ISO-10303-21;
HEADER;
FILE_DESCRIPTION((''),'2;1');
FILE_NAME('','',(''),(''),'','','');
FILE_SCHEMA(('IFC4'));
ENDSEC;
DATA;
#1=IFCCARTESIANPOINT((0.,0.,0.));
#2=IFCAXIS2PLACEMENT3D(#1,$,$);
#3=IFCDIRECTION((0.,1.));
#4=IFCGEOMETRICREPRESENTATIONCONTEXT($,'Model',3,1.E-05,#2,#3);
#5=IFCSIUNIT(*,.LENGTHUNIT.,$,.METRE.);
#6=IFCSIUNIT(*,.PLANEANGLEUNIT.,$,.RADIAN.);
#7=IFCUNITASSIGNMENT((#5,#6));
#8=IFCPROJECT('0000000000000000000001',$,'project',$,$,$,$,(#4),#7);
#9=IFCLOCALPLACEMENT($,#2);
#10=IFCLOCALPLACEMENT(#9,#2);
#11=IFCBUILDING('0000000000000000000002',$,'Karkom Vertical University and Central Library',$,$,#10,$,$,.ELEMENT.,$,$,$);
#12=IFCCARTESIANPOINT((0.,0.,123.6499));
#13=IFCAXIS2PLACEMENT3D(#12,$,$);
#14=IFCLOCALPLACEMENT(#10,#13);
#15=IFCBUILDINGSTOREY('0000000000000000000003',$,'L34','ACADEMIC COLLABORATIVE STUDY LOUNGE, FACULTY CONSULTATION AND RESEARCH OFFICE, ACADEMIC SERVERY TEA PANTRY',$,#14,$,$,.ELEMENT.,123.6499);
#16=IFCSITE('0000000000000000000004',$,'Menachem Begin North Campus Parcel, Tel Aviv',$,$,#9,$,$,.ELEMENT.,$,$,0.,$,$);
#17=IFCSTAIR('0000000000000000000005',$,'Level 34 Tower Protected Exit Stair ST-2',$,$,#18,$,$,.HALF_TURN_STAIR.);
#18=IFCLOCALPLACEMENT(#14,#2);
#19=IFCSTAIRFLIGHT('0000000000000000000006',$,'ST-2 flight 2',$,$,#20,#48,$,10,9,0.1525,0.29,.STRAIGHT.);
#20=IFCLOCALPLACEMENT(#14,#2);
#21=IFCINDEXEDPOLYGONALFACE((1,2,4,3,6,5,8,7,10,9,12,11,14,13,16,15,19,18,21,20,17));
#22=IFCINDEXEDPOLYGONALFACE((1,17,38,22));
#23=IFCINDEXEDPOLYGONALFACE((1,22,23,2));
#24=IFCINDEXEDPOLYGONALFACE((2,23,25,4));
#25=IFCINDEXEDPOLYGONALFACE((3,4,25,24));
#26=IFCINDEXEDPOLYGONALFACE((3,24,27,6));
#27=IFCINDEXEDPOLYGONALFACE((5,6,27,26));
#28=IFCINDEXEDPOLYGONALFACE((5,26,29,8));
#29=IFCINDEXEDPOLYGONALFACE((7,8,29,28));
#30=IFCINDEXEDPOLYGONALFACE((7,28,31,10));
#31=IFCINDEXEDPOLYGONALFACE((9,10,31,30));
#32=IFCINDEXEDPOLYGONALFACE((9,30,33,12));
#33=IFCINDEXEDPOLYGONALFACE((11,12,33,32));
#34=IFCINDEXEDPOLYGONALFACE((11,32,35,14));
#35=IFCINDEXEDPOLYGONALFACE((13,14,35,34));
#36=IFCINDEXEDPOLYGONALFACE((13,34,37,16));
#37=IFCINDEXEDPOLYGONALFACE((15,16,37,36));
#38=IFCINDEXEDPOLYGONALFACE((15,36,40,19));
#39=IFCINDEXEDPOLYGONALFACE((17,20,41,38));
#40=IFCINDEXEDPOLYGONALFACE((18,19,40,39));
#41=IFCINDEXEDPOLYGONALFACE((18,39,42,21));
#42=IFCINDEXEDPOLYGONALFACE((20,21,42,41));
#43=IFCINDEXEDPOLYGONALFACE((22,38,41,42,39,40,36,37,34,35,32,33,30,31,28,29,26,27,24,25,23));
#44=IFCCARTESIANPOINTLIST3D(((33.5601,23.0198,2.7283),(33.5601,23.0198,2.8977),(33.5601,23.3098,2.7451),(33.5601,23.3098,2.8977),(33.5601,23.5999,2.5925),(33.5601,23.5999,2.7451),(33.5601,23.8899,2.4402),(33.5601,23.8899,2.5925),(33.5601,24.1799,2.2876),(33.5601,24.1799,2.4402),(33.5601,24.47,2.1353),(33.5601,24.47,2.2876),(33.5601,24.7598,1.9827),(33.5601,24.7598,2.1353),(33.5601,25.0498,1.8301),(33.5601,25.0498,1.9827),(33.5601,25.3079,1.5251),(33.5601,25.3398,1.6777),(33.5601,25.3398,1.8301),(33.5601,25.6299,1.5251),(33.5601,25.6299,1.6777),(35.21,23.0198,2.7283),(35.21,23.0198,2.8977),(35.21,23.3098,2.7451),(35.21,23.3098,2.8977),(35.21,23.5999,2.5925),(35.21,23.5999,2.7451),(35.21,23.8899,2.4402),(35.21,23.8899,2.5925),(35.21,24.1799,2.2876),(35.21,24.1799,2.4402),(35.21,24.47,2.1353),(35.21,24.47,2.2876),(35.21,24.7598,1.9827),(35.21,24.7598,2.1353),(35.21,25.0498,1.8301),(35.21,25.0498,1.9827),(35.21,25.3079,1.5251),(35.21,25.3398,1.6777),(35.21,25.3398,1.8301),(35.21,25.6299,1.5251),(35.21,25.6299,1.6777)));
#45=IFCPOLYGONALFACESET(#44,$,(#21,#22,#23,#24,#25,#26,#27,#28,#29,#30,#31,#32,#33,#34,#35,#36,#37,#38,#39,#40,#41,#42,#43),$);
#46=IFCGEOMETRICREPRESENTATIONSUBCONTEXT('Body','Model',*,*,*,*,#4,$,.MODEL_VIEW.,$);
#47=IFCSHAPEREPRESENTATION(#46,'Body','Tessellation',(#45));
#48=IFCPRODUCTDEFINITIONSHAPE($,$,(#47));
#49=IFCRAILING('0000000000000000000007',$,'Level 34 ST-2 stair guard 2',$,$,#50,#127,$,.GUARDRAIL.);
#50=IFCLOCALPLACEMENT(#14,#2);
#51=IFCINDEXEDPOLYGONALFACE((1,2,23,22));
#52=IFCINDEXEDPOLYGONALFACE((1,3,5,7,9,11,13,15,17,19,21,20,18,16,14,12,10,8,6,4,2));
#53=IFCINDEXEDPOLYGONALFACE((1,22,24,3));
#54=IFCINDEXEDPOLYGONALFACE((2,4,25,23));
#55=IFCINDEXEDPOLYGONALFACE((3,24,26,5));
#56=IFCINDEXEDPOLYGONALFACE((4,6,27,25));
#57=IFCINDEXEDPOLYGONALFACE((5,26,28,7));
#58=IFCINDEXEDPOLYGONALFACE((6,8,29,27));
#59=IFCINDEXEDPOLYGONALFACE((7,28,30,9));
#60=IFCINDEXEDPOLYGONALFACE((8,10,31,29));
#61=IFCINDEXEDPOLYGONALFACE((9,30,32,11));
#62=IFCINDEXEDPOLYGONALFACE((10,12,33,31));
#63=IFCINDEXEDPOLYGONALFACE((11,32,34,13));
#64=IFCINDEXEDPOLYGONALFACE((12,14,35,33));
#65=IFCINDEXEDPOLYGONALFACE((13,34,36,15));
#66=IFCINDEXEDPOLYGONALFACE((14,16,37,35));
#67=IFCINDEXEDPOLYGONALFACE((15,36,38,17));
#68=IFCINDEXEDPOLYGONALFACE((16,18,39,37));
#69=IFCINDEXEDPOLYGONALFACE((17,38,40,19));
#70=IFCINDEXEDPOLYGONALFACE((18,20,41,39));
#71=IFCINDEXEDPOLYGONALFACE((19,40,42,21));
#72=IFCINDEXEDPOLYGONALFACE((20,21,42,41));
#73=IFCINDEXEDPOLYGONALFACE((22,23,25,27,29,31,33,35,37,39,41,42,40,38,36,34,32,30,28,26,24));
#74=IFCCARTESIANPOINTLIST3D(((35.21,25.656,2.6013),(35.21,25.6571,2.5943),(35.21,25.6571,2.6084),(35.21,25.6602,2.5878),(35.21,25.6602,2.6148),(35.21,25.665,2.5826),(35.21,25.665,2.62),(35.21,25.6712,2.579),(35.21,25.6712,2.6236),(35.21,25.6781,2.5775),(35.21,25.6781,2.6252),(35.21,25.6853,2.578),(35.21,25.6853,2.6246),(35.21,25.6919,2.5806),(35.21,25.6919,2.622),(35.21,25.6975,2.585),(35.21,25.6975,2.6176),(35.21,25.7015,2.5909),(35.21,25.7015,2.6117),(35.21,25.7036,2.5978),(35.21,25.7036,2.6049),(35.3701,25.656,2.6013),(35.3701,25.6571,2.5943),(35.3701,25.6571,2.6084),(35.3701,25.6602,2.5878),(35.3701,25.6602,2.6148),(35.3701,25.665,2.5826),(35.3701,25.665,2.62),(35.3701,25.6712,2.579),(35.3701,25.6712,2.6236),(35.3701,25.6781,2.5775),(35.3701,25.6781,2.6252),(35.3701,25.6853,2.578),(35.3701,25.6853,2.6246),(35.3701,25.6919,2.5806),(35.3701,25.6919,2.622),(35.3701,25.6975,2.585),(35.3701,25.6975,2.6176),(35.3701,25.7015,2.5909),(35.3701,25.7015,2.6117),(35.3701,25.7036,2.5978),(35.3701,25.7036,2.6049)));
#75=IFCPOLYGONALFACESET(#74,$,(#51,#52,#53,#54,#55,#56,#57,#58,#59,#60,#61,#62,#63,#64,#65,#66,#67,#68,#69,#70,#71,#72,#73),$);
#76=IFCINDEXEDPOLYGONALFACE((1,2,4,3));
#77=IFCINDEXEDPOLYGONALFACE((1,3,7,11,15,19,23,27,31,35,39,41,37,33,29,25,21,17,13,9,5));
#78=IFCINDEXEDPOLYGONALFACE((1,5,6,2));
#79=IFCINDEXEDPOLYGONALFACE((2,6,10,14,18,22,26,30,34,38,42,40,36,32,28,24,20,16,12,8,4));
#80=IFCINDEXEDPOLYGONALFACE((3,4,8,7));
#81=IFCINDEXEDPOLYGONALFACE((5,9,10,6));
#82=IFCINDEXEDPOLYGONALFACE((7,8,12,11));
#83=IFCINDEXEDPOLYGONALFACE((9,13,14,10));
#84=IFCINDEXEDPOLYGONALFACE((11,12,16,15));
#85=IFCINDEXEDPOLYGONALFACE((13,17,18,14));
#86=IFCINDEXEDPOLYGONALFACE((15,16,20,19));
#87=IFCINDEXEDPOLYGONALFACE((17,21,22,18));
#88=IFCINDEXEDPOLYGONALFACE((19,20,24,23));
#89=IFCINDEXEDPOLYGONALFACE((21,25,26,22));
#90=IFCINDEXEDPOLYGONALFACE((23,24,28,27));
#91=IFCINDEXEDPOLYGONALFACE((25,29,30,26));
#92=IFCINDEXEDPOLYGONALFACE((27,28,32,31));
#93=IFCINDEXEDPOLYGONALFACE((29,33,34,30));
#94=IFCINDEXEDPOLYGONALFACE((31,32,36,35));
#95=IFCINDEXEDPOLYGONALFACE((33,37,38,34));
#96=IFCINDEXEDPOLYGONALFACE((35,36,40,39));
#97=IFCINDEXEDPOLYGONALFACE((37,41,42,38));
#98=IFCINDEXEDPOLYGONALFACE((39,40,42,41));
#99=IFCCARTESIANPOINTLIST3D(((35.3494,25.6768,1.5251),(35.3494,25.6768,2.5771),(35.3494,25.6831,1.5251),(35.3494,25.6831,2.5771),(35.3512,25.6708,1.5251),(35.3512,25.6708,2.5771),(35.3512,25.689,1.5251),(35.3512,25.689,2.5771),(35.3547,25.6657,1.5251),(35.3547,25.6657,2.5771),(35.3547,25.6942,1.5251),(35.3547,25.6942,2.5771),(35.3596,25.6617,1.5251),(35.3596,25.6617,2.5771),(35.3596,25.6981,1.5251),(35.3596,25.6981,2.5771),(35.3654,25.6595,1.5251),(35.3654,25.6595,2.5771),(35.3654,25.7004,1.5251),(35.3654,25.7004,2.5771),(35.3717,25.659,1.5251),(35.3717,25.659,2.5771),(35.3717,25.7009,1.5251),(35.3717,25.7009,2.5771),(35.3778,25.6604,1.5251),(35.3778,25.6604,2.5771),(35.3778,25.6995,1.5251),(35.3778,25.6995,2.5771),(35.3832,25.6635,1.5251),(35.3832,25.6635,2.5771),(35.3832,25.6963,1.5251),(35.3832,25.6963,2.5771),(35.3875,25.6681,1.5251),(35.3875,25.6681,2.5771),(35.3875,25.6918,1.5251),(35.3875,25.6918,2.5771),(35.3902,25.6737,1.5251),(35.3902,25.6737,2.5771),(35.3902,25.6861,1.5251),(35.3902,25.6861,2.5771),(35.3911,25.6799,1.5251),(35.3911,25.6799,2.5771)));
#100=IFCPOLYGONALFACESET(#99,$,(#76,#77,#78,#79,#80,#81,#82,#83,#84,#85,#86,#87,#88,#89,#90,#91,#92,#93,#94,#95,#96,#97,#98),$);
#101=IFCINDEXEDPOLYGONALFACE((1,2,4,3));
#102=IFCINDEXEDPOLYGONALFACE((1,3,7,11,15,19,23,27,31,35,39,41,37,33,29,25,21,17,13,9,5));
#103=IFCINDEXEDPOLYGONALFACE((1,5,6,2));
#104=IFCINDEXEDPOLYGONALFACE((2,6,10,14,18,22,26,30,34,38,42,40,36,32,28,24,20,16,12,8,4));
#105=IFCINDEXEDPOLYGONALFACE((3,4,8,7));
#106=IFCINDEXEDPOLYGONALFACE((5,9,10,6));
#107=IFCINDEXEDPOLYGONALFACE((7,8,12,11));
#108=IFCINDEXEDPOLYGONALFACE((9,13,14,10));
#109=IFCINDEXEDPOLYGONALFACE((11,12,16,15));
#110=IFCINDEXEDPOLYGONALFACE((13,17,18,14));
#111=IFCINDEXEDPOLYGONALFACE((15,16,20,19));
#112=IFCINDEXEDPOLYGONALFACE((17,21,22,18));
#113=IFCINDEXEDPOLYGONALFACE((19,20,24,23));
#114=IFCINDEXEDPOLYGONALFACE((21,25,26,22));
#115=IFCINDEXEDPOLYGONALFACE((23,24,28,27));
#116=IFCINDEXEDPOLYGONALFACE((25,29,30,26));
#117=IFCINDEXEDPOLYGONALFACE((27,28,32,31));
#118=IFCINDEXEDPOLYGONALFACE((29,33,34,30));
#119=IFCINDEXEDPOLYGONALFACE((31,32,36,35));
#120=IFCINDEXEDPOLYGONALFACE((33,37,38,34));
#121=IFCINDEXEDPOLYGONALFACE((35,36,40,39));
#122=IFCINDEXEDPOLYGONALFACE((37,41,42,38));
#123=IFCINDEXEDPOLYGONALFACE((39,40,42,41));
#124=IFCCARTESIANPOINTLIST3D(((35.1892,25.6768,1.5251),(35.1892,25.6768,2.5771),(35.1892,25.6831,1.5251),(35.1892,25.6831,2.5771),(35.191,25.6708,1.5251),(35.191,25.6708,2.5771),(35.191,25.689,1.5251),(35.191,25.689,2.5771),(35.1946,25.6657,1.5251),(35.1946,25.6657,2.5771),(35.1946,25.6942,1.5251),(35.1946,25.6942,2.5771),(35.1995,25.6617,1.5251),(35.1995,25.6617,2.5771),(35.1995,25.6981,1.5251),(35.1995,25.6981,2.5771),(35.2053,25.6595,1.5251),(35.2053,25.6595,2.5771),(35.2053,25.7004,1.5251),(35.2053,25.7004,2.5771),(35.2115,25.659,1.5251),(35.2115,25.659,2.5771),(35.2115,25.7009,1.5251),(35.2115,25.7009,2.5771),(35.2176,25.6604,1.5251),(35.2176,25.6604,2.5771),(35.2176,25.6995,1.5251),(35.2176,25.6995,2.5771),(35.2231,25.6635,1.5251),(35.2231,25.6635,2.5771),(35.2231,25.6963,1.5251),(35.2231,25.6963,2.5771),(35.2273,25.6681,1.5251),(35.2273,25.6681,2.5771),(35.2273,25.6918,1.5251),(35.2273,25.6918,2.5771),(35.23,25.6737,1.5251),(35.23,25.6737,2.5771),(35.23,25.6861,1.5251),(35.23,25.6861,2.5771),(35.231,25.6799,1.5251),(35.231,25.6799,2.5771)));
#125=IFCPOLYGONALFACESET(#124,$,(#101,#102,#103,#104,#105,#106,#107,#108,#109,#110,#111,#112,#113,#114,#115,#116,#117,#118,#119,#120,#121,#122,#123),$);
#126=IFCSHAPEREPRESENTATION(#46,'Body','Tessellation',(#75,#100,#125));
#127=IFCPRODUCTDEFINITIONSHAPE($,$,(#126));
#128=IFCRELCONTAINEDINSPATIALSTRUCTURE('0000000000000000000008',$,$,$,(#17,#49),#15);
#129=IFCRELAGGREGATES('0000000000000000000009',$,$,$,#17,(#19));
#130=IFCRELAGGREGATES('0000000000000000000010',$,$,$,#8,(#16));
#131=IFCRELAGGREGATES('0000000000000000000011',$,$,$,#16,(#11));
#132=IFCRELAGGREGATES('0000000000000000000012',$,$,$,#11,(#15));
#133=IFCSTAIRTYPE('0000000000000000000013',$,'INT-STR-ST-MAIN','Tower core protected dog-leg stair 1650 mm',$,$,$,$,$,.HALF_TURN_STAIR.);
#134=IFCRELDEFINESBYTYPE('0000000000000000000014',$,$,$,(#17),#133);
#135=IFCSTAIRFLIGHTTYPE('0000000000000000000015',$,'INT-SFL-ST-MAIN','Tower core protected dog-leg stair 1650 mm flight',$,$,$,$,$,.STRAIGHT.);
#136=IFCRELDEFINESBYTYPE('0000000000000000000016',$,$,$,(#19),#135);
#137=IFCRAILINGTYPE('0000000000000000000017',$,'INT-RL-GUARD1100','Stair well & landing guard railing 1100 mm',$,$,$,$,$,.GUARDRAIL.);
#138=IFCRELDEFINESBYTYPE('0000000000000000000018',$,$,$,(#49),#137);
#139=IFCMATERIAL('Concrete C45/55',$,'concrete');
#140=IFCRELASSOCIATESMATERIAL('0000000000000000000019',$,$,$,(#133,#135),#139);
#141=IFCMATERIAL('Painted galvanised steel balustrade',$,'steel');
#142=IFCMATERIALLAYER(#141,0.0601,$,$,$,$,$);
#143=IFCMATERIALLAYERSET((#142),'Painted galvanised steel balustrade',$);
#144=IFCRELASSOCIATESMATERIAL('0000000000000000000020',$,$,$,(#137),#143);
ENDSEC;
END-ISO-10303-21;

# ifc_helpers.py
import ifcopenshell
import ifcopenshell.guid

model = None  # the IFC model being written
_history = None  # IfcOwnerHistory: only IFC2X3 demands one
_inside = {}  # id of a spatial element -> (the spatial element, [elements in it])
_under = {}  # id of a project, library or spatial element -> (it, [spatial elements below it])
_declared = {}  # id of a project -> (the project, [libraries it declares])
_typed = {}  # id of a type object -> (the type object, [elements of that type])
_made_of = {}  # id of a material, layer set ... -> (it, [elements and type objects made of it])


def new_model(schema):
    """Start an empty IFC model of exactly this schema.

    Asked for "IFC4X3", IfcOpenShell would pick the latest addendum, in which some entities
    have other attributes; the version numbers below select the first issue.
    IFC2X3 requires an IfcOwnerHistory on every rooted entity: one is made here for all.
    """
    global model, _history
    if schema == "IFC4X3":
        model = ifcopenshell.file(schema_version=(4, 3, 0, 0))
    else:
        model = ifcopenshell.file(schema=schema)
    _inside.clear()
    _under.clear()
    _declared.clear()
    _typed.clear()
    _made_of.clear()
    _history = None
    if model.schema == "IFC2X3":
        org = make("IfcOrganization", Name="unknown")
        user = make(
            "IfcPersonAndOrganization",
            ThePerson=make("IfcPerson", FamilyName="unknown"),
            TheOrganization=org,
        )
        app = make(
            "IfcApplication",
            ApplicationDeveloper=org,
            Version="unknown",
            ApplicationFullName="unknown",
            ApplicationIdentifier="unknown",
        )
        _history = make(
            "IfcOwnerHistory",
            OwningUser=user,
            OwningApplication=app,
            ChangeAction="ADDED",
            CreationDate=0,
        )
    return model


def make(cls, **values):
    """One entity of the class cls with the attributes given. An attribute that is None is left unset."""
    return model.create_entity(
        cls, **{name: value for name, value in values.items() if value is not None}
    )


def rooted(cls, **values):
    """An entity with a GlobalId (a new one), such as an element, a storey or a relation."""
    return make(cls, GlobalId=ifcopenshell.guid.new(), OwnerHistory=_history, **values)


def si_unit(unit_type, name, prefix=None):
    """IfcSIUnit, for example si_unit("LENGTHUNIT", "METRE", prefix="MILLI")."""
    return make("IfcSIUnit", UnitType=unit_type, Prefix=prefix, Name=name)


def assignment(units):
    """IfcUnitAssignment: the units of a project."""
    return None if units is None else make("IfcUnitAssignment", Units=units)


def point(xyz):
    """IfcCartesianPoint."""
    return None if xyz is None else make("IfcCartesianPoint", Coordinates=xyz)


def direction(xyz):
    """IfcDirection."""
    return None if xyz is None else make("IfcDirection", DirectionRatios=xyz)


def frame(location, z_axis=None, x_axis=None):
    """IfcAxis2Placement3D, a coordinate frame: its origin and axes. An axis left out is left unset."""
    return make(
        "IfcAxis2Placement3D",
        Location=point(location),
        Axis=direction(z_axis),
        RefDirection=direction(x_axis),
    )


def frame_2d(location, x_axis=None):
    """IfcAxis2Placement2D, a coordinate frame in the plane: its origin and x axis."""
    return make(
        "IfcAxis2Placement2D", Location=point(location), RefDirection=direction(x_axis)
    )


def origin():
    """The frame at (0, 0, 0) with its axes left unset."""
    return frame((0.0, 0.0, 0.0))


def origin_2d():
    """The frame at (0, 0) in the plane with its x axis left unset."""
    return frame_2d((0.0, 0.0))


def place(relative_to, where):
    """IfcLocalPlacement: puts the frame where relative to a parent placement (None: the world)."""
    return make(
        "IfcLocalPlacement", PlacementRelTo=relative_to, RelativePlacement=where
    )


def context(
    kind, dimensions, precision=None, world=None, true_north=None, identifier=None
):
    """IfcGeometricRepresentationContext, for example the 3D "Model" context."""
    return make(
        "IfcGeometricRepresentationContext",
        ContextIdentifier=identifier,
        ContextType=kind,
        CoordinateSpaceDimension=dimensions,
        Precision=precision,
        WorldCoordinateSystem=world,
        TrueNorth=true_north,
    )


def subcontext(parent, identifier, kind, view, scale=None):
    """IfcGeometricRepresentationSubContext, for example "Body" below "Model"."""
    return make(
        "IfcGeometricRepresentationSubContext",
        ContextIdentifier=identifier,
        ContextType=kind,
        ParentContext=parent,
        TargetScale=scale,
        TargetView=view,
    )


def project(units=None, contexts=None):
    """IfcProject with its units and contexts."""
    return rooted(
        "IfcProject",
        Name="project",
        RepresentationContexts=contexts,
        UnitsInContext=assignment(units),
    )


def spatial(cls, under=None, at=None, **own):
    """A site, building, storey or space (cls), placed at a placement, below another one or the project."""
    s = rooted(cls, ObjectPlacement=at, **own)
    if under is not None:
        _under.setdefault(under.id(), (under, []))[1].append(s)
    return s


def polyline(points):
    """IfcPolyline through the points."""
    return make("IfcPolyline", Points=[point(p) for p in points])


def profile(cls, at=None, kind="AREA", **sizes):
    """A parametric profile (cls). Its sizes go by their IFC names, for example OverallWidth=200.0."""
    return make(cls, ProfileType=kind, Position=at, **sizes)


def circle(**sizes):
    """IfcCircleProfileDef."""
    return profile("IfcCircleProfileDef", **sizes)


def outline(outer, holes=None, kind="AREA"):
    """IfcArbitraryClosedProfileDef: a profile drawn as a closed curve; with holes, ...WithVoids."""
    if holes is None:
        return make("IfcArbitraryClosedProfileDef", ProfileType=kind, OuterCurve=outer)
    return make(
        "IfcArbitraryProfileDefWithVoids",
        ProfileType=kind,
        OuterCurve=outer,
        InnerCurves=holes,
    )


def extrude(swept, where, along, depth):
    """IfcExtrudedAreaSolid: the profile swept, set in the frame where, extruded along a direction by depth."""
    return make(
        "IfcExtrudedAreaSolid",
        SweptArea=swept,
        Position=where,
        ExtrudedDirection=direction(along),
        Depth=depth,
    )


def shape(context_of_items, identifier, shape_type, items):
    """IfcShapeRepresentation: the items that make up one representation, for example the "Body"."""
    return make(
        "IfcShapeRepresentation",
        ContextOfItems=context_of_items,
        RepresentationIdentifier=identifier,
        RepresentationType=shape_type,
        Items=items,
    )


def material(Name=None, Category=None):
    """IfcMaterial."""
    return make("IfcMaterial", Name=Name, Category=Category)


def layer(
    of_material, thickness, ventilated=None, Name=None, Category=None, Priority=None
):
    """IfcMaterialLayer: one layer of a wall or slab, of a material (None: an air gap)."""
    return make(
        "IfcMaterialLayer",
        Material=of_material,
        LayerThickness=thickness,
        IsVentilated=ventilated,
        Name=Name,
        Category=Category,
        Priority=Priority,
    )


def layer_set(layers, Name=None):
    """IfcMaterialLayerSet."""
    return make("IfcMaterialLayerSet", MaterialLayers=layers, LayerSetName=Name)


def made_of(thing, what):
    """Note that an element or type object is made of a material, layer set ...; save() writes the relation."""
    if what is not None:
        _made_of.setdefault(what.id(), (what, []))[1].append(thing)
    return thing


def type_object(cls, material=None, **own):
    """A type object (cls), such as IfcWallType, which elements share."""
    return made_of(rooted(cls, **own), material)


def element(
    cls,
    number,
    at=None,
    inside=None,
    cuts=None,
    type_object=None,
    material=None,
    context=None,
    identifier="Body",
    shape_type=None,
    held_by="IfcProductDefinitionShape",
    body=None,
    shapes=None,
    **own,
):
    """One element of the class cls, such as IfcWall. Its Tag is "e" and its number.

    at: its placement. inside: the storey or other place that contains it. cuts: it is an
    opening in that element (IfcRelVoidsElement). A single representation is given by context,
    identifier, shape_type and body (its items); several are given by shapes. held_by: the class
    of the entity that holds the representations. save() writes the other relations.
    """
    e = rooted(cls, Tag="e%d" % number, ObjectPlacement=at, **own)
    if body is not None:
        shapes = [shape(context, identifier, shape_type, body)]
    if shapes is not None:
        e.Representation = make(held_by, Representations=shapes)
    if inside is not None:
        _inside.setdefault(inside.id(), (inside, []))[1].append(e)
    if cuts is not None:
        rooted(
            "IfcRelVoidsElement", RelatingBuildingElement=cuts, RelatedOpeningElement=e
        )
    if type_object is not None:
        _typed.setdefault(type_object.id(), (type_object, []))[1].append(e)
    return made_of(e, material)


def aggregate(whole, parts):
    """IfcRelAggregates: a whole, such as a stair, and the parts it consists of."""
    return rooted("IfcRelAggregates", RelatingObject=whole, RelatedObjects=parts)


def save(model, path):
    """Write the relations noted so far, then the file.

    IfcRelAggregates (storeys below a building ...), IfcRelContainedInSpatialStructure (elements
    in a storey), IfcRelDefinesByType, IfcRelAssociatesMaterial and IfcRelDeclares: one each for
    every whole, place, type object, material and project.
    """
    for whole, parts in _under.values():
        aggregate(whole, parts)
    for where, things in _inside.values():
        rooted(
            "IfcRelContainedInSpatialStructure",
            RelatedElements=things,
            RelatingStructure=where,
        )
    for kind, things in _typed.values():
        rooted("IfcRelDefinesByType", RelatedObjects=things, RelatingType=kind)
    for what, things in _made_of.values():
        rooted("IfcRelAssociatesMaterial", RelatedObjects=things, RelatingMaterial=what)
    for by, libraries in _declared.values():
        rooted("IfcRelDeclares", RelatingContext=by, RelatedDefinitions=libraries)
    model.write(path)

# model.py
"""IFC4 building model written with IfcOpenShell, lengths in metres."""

from ifc_helpers import new_model, si_unit, direction, frame, origin, origin_2d, place, context, subcontext, project, spatial, polyline, circle, outline, extrude, material, layer, layer_set, type_object, element, aggregate, save


model = new_model("IFC4")

# Units and contexts
model_context = context("Model", 3, precision=1e-05, world=origin(), true_north=direction((0.0, 1.0)))
body_context = subcontext(model_context, "Body", "Model", "MODEL_VIEW")
ifc_project = project(units=[si_unit("LENGTHUNIT", "METRE"), si_unit("PLANEANGLEUNIT", "RADIAN")], contexts=[model_context])

# Site, building, storey
site_placement = place(None, origin())
site = spatial("IfcSite", under=ifc_project, at=site_placement, Name="Menachem Begin North Campus Parcel, Tel Aviv", CompositionType="ELEMENT", RefElevation=0.0)
building_placement = place(site_placement, origin())
building = spatial("IfcBuilding", under=site, at=building_placement, Name="Karkom Vertical University and Central Library", CompositionType="ELEMENT")
storey_placement = place(building_placement, frame((0.0, 0.0, 123.6499)))
storey = spatial("IfcBuildingStorey", under=building, at=storey_placement, Name="L34", Description="ACADEMIC COLLABORATIVE STUDY LOUNGE, FACULTY CONSULTATION AND RESEARCH OFFICE, ACADEMIC SERVERY TEA PANTRY", CompositionType="ELEMENT", Elevation=123.6499)

# Shared definitions
ifc_material_1 = material(Name="Concrete C45/55", Category="concrete")

# Stair, stair flight
stair_type = type_object("IfcStairType", Name="INT-STR-ST-MAIN", Description="Tower core protected dog-leg stair 1650 mm", PredefinedType="HALF_TURN_STAIR", material=ifc_material_1)
stair_placement = place(storey_placement, origin())
stair = element("IfcStair", 1, at=stair_placement, inside=storey, type_object=stair_type, Name="Level 34 Tower Protected Exit Stair ST-2", PredefinedType="HALF_TURN_STAIR")
stair_flight_type = type_object("IfcStairFlightType", Name="INT-SFL-ST-MAIN", Description="Tower core protected dog-leg stair 1650 mm flight", PredefinedType="STRAIGHT", material=ifc_material_1)
stair_flight_placement = place(storey_placement, frame((34.385, 25.6299, 1.5251), z_axis=(0.0, 0.0, 1.0), x_axis=(0.0, -1.0, 0.0)))
stair_flight = element("IfcStairFlight", 2, at=stair_flight_placement, type_object=stair_flight_type, Name="ST-2 flight 2", NumberOfRisers=10, NumberOfTreads=9, PredefinedType="STRAIGHT", RiserHeight=0.1525, TreadLength=0.29, context=body_context, shape_type="SweptSolid", body=[
    extrude(outline(polyline([(0.0, 0.0), (0.0, 0.1526), (0.29, 0.1526), (0.29, 0.3049), (0.5801, 0.3049), (0.5801, 0.4575), (0.8701, 0.4575), (0.8701, 0.6101), (1.1599, 0.6101), (1.1599, 0.7625), (1.45, 0.7625), (1.45, 0.915), (1.74, 0.915), (1.74, 1.0674), (2.03, 1.0674), (2.03, 1.22), (2.3201, 1.22), (2.3201, 1.3726), (2.6101, 1.3726), (2.6101, 1.5249), (2.6101, 1.2031), (0.322, 0.0), (0.0, 0.0)])), frame((0.0, 0.825, 0.0), z_axis=(0.0, -1.0, 0.0), x_axis=(1.0, 0.0, 0.0)), (0.0, 0.0, 1.0), 1.6499),
])
aggregate(stair, [stair_flight])

# Railing
ifc_material_2 = material(Name="Painted galvanised steel balustrade", Category="steel")
ifc_layer_1 = layer(ifc_material_2, 0.0601)
ifc_layer_set_1 = layer_set([ifc_layer_1], Name="Painted galvanised steel balustrade")
railing_type_1 = type_object("IfcRailingType", Name="INT-RL-GUARD1100", Description="Stair well & landing guard railing 1100 mm", PredefinedType="GUARDRAIL", material=ifc_layer_set_1)
railing_1_placement = place(storey_placement, frame((35.3701, 25.6799, 1.5251)))
element("IfcRailing", 3, at=railing_1_placement, inside=storey, type_object=railing_type_1, Name="Level 34 ST-2 stair guard 2", PredefinedType="GUARDRAIL", context=body_context, shape_type="SweptSolid", body=[
    extrude(circle(Radius=0.0239, at=origin_2d()), frame((0.0, 0.0, 1.0762), z_axis=(-1.0, 0.0, 0.0), x_axis=(0.0, -1.0, 0.0)), (0.0, 0.0, 1.0), 0.1602),
    extrude(circle(Radius=0.021, at=origin_2d()), origin(), (0.0, 0.0, 1.0), 1.052),
    extrude(circle(Radius=0.021, at=origin_2d()), frame((-0.1602, 0.0, 0.0)), (0.0, 0.0, 1.0), 1.052),
])

save(model, "model.ifc")
